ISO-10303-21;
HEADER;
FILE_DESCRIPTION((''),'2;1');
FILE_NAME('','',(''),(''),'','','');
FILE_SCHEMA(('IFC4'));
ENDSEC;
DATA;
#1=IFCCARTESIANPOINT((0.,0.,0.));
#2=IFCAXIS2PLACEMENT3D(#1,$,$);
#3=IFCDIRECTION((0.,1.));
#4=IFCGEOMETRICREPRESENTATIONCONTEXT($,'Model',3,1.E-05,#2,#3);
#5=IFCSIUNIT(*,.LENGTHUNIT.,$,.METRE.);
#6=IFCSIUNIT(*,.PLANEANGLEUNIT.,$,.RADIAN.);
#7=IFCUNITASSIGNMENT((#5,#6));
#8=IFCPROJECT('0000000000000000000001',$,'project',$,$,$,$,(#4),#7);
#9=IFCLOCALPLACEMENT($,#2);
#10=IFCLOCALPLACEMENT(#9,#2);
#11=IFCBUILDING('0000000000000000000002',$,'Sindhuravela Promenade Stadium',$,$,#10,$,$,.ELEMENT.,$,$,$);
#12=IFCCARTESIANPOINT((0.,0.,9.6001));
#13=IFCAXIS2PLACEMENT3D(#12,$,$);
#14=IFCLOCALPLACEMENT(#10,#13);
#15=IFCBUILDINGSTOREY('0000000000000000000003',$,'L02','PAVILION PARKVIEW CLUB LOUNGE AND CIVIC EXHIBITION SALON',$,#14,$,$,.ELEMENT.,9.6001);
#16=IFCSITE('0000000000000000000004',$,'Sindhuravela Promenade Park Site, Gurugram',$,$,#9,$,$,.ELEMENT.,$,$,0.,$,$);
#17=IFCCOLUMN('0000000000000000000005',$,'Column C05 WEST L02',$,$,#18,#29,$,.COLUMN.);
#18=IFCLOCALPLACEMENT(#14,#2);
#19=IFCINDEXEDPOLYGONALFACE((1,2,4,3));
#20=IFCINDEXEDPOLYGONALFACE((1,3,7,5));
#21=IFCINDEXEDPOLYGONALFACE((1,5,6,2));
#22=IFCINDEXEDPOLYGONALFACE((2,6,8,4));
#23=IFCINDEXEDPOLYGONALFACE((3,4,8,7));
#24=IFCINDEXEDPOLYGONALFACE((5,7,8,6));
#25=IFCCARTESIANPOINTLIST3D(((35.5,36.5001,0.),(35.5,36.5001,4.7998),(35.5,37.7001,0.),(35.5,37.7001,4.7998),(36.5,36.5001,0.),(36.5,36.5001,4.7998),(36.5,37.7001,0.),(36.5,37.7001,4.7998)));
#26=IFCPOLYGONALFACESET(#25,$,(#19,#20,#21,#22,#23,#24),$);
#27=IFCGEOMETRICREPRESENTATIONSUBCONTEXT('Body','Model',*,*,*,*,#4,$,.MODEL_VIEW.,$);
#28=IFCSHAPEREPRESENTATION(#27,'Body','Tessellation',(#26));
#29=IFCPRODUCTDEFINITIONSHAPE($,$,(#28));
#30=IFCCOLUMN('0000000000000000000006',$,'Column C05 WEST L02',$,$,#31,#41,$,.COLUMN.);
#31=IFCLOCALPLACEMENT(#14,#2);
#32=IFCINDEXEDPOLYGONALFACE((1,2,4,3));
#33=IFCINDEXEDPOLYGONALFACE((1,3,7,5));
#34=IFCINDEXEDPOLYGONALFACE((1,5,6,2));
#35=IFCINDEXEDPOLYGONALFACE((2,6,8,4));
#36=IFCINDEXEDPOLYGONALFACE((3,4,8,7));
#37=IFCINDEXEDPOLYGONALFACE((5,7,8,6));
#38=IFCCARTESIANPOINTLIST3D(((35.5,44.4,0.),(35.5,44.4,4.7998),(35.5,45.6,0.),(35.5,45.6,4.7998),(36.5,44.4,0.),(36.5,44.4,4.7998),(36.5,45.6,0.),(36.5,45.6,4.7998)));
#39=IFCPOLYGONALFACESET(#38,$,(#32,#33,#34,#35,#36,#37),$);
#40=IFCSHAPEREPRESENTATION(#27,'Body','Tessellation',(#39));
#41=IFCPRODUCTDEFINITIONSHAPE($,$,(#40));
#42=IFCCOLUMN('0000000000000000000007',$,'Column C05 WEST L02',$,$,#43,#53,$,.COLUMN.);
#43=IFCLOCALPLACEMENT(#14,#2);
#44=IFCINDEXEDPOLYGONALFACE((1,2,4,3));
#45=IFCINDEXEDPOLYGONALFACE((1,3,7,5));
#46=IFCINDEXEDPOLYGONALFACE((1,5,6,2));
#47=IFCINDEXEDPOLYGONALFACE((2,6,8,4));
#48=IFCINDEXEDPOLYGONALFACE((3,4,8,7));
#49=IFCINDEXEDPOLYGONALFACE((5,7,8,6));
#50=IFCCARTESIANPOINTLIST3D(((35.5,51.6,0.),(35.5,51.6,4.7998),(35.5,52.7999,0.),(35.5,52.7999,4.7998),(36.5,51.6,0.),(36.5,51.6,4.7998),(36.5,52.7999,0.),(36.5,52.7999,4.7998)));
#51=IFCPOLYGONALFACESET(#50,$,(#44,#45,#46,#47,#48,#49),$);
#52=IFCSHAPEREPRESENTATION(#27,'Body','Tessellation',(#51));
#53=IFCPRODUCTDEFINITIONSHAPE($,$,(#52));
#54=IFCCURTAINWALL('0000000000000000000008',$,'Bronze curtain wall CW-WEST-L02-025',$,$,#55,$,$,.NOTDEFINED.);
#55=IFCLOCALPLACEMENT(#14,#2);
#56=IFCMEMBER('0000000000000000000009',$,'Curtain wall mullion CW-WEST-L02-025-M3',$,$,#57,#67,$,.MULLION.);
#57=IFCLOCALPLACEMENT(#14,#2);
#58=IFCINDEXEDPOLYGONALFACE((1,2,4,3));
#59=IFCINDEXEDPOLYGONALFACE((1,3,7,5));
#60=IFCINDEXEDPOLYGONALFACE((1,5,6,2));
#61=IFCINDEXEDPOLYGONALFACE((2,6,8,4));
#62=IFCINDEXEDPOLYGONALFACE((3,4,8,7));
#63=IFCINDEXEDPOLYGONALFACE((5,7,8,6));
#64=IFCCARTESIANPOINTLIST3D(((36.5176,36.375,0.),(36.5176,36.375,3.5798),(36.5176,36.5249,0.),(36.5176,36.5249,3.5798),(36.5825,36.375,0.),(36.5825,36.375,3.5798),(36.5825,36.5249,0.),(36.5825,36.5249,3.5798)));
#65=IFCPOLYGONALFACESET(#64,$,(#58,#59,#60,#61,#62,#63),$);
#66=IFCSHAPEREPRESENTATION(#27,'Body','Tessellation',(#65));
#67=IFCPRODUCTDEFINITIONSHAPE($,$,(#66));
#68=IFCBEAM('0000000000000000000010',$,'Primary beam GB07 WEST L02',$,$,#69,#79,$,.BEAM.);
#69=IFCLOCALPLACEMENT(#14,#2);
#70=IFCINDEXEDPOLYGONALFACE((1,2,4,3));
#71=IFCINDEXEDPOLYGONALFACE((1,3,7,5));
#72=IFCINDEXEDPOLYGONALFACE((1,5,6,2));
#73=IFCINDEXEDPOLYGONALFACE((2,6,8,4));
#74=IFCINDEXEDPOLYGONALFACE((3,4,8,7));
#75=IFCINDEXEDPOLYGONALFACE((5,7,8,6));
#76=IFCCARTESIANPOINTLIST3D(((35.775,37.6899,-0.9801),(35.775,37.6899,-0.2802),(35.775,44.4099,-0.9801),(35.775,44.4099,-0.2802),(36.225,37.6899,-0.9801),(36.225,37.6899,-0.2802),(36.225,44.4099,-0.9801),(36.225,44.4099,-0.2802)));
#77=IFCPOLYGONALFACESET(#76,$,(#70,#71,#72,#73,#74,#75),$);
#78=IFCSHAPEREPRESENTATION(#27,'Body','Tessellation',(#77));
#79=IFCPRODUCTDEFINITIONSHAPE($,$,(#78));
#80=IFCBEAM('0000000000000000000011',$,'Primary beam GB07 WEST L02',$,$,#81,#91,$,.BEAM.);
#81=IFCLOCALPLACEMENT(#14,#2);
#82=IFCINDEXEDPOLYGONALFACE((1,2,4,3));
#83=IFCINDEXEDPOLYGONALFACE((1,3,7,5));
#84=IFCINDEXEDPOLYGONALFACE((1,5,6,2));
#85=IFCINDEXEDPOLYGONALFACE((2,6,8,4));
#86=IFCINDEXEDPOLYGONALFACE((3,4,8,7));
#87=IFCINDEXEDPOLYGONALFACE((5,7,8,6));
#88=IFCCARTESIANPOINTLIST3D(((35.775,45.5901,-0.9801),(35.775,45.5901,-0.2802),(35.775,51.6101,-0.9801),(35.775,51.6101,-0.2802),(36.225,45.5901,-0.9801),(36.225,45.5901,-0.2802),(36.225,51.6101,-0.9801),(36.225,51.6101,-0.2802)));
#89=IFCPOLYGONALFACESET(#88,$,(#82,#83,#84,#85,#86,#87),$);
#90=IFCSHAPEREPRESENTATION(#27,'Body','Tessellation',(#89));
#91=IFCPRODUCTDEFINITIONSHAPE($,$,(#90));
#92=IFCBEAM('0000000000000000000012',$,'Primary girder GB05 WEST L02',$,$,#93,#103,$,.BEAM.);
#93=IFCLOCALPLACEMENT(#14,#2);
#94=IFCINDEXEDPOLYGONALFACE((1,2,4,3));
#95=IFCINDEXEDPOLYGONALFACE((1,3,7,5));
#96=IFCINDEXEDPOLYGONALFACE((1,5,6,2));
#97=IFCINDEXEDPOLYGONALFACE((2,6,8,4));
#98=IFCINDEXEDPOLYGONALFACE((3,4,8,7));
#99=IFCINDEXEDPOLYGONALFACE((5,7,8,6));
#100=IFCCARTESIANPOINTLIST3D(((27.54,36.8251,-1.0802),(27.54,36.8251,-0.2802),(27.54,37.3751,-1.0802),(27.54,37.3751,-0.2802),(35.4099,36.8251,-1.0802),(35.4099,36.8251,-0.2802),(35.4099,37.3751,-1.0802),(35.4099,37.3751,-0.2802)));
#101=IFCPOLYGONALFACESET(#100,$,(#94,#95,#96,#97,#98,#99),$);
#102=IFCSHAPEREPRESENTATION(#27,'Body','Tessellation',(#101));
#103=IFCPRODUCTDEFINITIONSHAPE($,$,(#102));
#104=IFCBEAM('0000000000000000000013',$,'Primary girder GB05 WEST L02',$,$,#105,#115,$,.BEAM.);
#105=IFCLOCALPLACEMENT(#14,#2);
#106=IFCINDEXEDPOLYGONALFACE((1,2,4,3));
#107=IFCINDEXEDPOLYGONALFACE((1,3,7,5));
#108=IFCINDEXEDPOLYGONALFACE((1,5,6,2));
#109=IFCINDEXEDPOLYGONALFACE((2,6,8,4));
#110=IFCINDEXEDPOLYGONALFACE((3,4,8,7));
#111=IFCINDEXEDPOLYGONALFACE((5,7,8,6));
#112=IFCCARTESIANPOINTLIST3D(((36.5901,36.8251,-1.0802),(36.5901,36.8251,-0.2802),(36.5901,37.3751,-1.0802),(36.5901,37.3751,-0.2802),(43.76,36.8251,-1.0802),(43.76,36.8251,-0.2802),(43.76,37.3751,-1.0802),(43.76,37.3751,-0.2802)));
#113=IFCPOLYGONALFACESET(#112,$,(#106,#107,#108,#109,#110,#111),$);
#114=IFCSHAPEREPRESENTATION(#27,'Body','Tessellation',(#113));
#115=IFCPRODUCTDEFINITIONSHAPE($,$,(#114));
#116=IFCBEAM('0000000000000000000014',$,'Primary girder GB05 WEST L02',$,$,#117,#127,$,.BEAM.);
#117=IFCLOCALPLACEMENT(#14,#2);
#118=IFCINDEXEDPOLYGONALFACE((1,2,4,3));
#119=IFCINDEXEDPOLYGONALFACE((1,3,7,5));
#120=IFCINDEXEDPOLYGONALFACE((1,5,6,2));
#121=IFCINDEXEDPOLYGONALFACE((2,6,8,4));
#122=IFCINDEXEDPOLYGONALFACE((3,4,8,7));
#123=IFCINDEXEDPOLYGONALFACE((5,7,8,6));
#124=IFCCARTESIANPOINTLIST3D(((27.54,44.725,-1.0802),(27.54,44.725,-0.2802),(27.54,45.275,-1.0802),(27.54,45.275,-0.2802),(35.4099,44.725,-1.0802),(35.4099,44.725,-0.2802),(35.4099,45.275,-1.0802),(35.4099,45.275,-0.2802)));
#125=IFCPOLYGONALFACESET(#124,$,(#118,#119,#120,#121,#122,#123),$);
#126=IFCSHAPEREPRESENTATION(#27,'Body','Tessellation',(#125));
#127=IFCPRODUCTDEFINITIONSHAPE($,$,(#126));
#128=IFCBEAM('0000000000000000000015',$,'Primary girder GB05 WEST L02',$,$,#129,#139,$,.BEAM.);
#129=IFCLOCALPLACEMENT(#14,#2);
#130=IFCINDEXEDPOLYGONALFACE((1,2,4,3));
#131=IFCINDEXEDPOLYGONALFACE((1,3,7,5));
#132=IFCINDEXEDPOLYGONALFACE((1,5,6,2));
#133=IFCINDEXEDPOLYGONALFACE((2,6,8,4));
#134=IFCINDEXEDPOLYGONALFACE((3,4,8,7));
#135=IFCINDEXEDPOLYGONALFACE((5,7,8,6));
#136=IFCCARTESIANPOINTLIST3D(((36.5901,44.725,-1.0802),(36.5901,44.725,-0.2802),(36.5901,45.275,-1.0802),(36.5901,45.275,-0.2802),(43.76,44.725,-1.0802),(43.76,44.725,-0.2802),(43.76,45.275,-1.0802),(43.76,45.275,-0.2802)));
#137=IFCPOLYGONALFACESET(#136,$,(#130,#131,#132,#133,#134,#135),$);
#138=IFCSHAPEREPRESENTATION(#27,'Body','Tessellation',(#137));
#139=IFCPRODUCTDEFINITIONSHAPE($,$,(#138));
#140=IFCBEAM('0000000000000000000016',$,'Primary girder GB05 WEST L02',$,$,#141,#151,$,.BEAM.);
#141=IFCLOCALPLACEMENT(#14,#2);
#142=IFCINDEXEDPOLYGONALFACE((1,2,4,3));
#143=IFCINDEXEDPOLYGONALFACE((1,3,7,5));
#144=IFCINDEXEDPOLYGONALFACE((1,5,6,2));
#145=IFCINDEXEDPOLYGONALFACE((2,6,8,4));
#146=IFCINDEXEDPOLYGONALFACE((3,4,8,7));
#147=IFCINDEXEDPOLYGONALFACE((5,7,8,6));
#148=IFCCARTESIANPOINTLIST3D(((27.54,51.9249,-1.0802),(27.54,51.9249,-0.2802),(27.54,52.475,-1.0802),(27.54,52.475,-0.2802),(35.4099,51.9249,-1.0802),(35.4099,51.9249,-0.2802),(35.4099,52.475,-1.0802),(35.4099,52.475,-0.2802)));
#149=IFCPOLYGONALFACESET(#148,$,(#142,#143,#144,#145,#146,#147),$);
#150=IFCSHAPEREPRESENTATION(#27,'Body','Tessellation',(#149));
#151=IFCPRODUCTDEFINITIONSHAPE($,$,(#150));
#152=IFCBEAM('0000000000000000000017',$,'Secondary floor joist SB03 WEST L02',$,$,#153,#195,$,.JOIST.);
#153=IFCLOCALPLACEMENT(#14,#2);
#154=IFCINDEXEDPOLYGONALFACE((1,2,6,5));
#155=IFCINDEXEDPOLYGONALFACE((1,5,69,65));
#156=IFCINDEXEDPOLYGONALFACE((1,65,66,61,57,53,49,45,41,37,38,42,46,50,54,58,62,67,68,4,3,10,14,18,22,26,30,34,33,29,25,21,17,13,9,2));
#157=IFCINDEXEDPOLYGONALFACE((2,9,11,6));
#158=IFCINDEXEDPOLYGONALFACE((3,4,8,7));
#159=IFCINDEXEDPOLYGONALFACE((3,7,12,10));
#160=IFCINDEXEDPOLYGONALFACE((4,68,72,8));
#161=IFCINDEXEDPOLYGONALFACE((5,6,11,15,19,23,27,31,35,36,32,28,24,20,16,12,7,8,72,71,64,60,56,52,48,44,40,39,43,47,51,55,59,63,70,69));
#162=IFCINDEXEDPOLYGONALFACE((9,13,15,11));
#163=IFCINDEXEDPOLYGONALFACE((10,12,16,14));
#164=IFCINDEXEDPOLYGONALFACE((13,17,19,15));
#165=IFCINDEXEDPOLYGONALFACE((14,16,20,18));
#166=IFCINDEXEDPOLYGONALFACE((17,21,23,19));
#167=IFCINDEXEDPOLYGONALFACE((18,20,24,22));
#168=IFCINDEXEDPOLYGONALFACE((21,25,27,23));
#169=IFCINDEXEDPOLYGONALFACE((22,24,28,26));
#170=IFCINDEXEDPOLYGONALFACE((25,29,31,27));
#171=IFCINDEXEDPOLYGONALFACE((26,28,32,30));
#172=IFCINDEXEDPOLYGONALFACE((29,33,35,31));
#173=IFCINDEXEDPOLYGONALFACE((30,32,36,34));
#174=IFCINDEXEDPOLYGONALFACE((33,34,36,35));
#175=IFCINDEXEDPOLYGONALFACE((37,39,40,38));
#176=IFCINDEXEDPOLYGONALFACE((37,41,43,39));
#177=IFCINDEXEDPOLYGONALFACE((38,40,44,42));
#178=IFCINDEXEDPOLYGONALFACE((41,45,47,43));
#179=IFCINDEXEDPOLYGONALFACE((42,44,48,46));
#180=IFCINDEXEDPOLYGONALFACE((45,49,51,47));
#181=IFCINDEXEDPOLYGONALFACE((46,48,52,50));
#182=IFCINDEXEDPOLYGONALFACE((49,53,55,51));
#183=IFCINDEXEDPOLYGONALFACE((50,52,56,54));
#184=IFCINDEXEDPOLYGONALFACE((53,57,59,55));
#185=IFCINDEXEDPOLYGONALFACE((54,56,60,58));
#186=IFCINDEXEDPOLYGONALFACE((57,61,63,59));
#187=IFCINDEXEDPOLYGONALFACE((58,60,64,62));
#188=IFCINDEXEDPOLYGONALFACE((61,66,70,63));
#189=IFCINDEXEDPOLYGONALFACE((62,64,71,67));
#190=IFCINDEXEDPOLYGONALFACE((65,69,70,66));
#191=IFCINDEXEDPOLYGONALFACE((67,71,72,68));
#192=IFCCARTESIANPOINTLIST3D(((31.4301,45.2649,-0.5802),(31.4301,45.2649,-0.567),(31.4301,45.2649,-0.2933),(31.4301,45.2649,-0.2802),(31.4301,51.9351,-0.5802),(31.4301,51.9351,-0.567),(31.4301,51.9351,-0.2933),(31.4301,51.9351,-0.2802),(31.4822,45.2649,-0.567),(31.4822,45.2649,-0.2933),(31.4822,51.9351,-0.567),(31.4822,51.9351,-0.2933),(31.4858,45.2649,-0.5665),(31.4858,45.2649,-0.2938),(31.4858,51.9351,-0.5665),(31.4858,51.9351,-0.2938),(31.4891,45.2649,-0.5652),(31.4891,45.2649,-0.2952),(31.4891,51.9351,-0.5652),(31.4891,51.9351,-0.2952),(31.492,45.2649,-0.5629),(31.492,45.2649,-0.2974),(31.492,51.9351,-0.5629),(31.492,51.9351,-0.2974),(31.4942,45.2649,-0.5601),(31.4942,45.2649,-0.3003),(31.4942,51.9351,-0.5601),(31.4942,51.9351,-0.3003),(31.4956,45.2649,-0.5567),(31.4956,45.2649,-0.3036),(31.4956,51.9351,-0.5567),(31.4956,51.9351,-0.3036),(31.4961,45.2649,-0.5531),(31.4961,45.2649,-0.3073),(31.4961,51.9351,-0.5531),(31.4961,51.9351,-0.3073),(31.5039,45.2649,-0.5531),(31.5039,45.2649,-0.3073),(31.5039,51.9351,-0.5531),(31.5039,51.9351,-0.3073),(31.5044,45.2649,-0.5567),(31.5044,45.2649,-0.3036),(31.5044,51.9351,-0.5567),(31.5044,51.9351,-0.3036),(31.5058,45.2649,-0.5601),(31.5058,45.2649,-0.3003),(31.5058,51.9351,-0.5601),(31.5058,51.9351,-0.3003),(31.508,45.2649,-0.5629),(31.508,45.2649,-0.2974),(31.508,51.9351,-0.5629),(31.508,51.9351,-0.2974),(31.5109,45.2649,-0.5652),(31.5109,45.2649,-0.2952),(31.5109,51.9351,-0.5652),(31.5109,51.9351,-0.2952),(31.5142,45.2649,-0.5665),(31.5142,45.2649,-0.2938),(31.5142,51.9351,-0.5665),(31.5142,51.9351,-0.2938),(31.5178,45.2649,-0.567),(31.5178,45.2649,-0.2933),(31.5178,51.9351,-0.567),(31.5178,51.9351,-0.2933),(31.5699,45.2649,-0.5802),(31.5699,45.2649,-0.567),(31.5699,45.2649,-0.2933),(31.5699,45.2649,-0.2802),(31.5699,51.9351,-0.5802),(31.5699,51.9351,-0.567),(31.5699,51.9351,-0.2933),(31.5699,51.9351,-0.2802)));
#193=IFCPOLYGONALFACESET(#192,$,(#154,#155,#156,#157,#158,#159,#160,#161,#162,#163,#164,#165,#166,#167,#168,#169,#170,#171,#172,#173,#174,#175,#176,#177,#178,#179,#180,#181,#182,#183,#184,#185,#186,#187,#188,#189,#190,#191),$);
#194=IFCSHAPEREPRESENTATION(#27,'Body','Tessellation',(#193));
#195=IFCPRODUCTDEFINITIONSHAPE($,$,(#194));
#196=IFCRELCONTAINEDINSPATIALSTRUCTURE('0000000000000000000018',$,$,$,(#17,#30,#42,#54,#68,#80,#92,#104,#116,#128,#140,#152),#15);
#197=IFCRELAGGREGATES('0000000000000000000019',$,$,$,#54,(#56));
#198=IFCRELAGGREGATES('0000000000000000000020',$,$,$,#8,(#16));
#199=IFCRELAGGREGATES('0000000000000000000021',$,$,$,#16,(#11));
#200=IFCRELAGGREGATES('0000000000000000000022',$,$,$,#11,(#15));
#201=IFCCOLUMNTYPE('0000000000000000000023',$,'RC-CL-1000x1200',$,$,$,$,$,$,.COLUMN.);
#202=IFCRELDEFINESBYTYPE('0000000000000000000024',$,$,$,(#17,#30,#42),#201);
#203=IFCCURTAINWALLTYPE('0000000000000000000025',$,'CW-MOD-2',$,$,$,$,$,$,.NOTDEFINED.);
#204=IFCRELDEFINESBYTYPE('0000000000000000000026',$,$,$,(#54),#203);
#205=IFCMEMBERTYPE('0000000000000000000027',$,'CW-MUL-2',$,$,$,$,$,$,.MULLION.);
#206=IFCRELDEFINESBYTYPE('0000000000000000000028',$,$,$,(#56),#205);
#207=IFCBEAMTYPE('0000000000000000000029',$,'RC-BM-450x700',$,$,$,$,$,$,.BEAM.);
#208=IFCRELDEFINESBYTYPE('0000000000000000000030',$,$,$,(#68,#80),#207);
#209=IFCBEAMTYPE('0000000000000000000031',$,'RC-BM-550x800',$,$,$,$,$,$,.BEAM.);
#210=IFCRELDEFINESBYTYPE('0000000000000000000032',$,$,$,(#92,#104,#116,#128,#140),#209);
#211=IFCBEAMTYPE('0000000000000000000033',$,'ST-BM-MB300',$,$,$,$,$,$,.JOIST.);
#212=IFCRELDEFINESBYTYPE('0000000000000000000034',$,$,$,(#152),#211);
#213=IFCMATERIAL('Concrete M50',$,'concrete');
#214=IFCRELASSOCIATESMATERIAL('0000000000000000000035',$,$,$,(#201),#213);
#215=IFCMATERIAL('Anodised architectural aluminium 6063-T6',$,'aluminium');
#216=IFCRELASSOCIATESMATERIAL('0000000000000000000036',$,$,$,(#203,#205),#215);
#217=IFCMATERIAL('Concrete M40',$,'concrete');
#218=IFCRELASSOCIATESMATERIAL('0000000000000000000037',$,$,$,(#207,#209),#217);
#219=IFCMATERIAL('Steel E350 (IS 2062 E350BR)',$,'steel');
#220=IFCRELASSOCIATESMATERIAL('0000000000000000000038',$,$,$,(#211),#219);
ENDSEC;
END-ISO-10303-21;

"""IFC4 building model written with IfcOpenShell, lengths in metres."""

from ifc_helpers import new_model, si_unit, direction, frame, origin, origin_2d, place, context, subcontext, project, spatial, rectangle, i_section, extrude, material, material_profile, profile_set, type_object, element, aggregate, save


model = new_model("IFC4")

# Units and contexts
model_context = context("Model", 3, precision=1e-05, world=origin(), true_north=direction((0.0, 1.0)))
body_context = subcontext(model_context, "Body", "Model", "MODEL_VIEW")
ifc_project = project(units=[si_unit("LENGTHUNIT", "METRE"), si_unit("PLANEANGLEUNIT", "RADIAN")], contexts=[model_context])

# Site, building, storey
site_placement = place(None, origin())
site = spatial("IfcSite", under=ifc_project, at=site_placement, Name="Sindhuravela Promenade Park Site, Gurugram", CompositionType="ELEMENT", RefElevation=0.0)
building_placement = place(site_placement, origin())
building = spatial("IfcBuilding", under=site, at=building_placement, Name="Sindhuravela Promenade Stadium", CompositionType="ELEMENT")
storey_placement = place(building_placement, frame((0.0, 0.0, 9.6001)))
storey = spatial("IfcBuildingStorey", under=building, at=storey_placement, Name="L02", Description="PAVILION PARKVIEW CLUB LOUNGE AND CIVIC EXHIBITION SALON", CompositionType="ELEMENT", Elevation=9.6001)

# Columns
ifc_material_1 = material(Name="Concrete M50", Category="concrete")
ifc_material_profile_1 = material_profile(ifc_material_1, rectangle(XDim=1.0, YDim=1.2, at=origin_2d()), Name="RC 1000x1200")
ifc_profile_set_1 = profile_set([ifc_material_profile_1], Name="Concrete M50")
column_type = type_object("IfcColumnType", Name="RC-CL-1000x1200", PredefinedType="COLUMN", material=ifc_profile_set_1)
for number, where, z_axis, x_axis, name in (
    (1, (36.0, 37.1001, 0.0), (0.0, 0.0, 1.0), (1.0, 0.0, 0.0), "Column C05 WEST L02"),
    (2, (36.0, 45.0, 0.0), (0.0, 0.0, 1.0), (1.0, 0.0, 0.0), "Column C05 WEST L02"),
    (3, (36.0, 52.2, 0.0), (0.0, 0.0, 1.0), (1.0, 0.0, 0.0), "Column C05 WEST L02"),
):
    element("IfcColumn", number, at=place(storey_placement, frame(where, z_axis=z_axis, x_axis=x_axis)), inside=storey, type_object=column_type, Name=name, PredefinedType="COLUMN", context=body_context, shape_type="SweptSolid", body=[
        extrude(rectangle(XDim=1.0, YDim=1.2, at=origin_2d()), origin(), (0.0, 0.0, 1.0), 4.7998),
    ])

# Curtain wall, member
ifc_material_2 = material(Name="Anodised architectural aluminium 6063-T6", Category="aluminium")
curtain_wall_type = type_object("IfcCurtainWallType", Name="CW-MOD-2", PredefinedType="NOTDEFINED", material=ifc_material_2)
curtain_wall_placement = place(storey_placement, origin())
curtain_wall = element("IfcCurtainWall", 4, at=curtain_wall_placement, inside=storey, type_object=curtain_wall_type, Name="Bronze curtain wall CW-WEST-L02-025", PredefinedType="NOTDEFINED")
ifc_material_profile_2 = material_profile(ifc_material_2, rectangle(XDim=0.0649, YDim=0.1499, at=origin_2d()), Name="ALU MULL 65x150")
ifc_profile_set_2 = profile_set([ifc_material_profile_2], Name="Anodised architectural aluminium 6063-T6")
member_type = type_object("IfcMemberType", Name="CW-MUL-2", PredefinedType="MULLION", material=ifc_profile_set_2)
member_placement = place(storey_placement, frame((36.55, 36.45, 0.0), z_axis=(0.0, 0.0, 1.0), x_axis=(1.0, 0.0, 0.0)))
member = element("IfcMember", 5, at=member_placement, type_object=member_type, Name="Curtain wall mullion CW-WEST-L02-025-M3", PredefinedType="MULLION", context=body_context, shape_type="SweptSolid", body=[
    extrude(rectangle(XDim=0.0649, YDim=0.1499, at=origin_2d()), origin(), (0.0, 0.0, 1.0), 3.5798),
])
aggregate(curtain_wall, [member])

# Beams
ifc_material_3 = material(Name="Concrete M40", Category="concrete")
ifc_material_profile_3 = material_profile(ifc_material_3, rectangle(XDim=0.45, YDim=0.7, at=origin_2d()), Name="RC 450x700")
ifc_profile_set_3 = profile_set([ifc_material_profile_3], Name="Concrete M40")
beam_type_1 = type_object("IfcBeamType", Name="RC-BM-450x700", PredefinedType="BEAM", material=ifc_profile_set_3)
beam_1_placement = place(storey_placement, frame((36.0, 37.6899, -0.6301), z_axis=(0.0, 1.0, 0.0), x_axis=(-1.0, 0.0, 0.0)))
element("IfcBeam", 6, at=beam_1_placement, inside=storey, type_object=beam_type_1, Name="Primary beam GB07 WEST L02", PredefinedType="BEAM", context=body_context, shape_type="SweptSolid", body=[
    extrude(rectangle(XDim=0.45, YDim=0.7, at=origin_2d()), origin(), (0.0, 0.0, 1.0), 6.72),
])
beam_2_placement = place(storey_placement, frame((36.0, 45.5901, -0.6301), z_axis=(0.0, 1.0, 0.0), x_axis=(-1.0, 0.0, 0.0)))
element("IfcBeam", 7, at=beam_2_placement, inside=storey, type_object=beam_type_1, Name="Primary beam GB07 WEST L02", PredefinedType="BEAM", context=body_context, shape_type="SweptSolid", body=[
    extrude(rectangle(XDim=0.45, YDim=0.7, at=origin_2d()), origin(), (0.0, 0.0, 1.0), 6.02),
])
ifc_material_profile_4 = material_profile(ifc_material_3, rectangle(XDim=0.55, YDim=0.8, at=origin_2d()), Name="RC 550x800")
ifc_profile_set_4 = profile_set([ifc_material_profile_4], Name="Concrete M40")
beam_type_2 = type_object("IfcBeamType", Name="RC-BM-550x800", PredefinedType="BEAM", material=ifc_profile_set_4)
beam_3_placement = place(storey_placement, frame((27.54, 37.1001, -0.6802), z_axis=(1.0, 0.0, 0.0), x_axis=(0.0, 1.0, 0.0)))
element("IfcBeam", 8, at=beam_3_placement, inside=storey, type_object=beam_type_2, Name="Primary girder GB05 WEST L02", PredefinedType="BEAM", context=body_context, shape_type="SweptSolid", body=[
    extrude(rectangle(XDim=0.55, YDim=0.8, at=origin_2d()), origin(), (0.0, 0.0, 1.0), 7.8699),
])
beam_4_placement = place(storey_placement, frame((36.5901, 37.1001, -0.6802), z_axis=(1.0, 0.0, 0.0), x_axis=(0.0, 1.0, 0.0)))
element("IfcBeam", 9, at=beam_4_placement, inside=storey, type_object=beam_type_2, Name="Primary girder GB05 WEST L02", PredefinedType="BEAM", context=body_context, shape_type="SweptSolid", body=[
    extrude(rectangle(XDim=0.55, YDim=0.8, at=origin_2d()), origin(), (0.0, 0.0, 1.0), 7.1699),
])
beam_5_placement = place(storey_placement, frame((27.54, 45.0, -0.6802), z_axis=(1.0, 0.0, 0.0), x_axis=(0.0, 1.0, 0.0)))
element("IfcBeam", 10, at=beam_5_placement, inside=storey, type_object=beam_type_2, Name="Primary girder GB05 WEST L02", PredefinedType="BEAM", context=body_context, shape_type="SweptSolid", body=[
    extrude(rectangle(XDim=0.55, YDim=0.8, at=origin_2d()), origin(), (0.0, 0.0, 1.0), 7.8699),
])
beam_6_placement = place(storey_placement, frame((36.5901, 45.0, -0.6802), z_axis=(1.0, 0.0, 0.0), x_axis=(0.0, 1.0, 0.0)))
element("IfcBeam", 11, at=beam_6_placement, inside=storey, type_object=beam_type_2, Name="Primary girder GB05 WEST L02", PredefinedType="BEAM", context=body_context, shape_type="SweptSolid", body=[
    extrude(rectangle(XDim=0.55, YDim=0.8, at=origin_2d()), origin(), (0.0, 0.0, 1.0), 7.1699),
])
beam_7_placement = place(storey_placement, frame((27.54, 52.2, -0.6802), z_axis=(1.0, 0.0, 0.0), x_axis=(0.0, 1.0, 0.0)))
element("IfcBeam", 12, at=beam_7_placement, inside=storey, type_object=beam_type_2, Name="Primary girder GB05 WEST L02", PredefinedType="BEAM", context=body_context, shape_type="SweptSolid", body=[
    extrude(rectangle(XDim=0.55, YDim=0.8, at=origin_2d()), origin(), (0.0, 0.0, 1.0), 7.8699),
])
ifc_material_4 = material(Name="Steel E350 (IS 2062 E350BR)", Category="steel")
ifc_material_profile_5 = material_profile(ifc_material_4, i_section(OverallWidth=0.1399, OverallDepth=0.3, WebThickness=0.0078, FlangeThickness=0.0132, FilletRadius=0.0139, at=origin_2d()), Name="ISMB 300")
ifc_profile_set_5 = profile_set([ifc_material_profile_5], Name="Steel E350 (IS 2062 E350BR)")
beam_type_3 = type_object("IfcBeamType", Name="ST-BM-MB300", PredefinedType="JOIST", material=ifc_profile_set_5)
beam_8_placement = place(storey_placement, frame((31.5, 45.2649, -0.4302), z_axis=(0.0, 1.0, 0.0), x_axis=(-1.0, 0.0, 0.0)))
element("IfcBeam", 13, at=beam_8_placement, inside=storey, type_object=beam_type_3, Name="Secondary floor joist SB03 WEST L02", PredefinedType="JOIST", context=body_context, shape_type="SweptSolid", body=[
    extrude(i_section(OverallWidth=0.1399, OverallDepth=0.3, WebThickness=0.0078, FlangeThickness=0.0132, FilletRadius=0.0139, at=origin_2d()), origin(), (0.0, 0.0, 1.0), 6.6702),
])

save(model, "model.ifc")
